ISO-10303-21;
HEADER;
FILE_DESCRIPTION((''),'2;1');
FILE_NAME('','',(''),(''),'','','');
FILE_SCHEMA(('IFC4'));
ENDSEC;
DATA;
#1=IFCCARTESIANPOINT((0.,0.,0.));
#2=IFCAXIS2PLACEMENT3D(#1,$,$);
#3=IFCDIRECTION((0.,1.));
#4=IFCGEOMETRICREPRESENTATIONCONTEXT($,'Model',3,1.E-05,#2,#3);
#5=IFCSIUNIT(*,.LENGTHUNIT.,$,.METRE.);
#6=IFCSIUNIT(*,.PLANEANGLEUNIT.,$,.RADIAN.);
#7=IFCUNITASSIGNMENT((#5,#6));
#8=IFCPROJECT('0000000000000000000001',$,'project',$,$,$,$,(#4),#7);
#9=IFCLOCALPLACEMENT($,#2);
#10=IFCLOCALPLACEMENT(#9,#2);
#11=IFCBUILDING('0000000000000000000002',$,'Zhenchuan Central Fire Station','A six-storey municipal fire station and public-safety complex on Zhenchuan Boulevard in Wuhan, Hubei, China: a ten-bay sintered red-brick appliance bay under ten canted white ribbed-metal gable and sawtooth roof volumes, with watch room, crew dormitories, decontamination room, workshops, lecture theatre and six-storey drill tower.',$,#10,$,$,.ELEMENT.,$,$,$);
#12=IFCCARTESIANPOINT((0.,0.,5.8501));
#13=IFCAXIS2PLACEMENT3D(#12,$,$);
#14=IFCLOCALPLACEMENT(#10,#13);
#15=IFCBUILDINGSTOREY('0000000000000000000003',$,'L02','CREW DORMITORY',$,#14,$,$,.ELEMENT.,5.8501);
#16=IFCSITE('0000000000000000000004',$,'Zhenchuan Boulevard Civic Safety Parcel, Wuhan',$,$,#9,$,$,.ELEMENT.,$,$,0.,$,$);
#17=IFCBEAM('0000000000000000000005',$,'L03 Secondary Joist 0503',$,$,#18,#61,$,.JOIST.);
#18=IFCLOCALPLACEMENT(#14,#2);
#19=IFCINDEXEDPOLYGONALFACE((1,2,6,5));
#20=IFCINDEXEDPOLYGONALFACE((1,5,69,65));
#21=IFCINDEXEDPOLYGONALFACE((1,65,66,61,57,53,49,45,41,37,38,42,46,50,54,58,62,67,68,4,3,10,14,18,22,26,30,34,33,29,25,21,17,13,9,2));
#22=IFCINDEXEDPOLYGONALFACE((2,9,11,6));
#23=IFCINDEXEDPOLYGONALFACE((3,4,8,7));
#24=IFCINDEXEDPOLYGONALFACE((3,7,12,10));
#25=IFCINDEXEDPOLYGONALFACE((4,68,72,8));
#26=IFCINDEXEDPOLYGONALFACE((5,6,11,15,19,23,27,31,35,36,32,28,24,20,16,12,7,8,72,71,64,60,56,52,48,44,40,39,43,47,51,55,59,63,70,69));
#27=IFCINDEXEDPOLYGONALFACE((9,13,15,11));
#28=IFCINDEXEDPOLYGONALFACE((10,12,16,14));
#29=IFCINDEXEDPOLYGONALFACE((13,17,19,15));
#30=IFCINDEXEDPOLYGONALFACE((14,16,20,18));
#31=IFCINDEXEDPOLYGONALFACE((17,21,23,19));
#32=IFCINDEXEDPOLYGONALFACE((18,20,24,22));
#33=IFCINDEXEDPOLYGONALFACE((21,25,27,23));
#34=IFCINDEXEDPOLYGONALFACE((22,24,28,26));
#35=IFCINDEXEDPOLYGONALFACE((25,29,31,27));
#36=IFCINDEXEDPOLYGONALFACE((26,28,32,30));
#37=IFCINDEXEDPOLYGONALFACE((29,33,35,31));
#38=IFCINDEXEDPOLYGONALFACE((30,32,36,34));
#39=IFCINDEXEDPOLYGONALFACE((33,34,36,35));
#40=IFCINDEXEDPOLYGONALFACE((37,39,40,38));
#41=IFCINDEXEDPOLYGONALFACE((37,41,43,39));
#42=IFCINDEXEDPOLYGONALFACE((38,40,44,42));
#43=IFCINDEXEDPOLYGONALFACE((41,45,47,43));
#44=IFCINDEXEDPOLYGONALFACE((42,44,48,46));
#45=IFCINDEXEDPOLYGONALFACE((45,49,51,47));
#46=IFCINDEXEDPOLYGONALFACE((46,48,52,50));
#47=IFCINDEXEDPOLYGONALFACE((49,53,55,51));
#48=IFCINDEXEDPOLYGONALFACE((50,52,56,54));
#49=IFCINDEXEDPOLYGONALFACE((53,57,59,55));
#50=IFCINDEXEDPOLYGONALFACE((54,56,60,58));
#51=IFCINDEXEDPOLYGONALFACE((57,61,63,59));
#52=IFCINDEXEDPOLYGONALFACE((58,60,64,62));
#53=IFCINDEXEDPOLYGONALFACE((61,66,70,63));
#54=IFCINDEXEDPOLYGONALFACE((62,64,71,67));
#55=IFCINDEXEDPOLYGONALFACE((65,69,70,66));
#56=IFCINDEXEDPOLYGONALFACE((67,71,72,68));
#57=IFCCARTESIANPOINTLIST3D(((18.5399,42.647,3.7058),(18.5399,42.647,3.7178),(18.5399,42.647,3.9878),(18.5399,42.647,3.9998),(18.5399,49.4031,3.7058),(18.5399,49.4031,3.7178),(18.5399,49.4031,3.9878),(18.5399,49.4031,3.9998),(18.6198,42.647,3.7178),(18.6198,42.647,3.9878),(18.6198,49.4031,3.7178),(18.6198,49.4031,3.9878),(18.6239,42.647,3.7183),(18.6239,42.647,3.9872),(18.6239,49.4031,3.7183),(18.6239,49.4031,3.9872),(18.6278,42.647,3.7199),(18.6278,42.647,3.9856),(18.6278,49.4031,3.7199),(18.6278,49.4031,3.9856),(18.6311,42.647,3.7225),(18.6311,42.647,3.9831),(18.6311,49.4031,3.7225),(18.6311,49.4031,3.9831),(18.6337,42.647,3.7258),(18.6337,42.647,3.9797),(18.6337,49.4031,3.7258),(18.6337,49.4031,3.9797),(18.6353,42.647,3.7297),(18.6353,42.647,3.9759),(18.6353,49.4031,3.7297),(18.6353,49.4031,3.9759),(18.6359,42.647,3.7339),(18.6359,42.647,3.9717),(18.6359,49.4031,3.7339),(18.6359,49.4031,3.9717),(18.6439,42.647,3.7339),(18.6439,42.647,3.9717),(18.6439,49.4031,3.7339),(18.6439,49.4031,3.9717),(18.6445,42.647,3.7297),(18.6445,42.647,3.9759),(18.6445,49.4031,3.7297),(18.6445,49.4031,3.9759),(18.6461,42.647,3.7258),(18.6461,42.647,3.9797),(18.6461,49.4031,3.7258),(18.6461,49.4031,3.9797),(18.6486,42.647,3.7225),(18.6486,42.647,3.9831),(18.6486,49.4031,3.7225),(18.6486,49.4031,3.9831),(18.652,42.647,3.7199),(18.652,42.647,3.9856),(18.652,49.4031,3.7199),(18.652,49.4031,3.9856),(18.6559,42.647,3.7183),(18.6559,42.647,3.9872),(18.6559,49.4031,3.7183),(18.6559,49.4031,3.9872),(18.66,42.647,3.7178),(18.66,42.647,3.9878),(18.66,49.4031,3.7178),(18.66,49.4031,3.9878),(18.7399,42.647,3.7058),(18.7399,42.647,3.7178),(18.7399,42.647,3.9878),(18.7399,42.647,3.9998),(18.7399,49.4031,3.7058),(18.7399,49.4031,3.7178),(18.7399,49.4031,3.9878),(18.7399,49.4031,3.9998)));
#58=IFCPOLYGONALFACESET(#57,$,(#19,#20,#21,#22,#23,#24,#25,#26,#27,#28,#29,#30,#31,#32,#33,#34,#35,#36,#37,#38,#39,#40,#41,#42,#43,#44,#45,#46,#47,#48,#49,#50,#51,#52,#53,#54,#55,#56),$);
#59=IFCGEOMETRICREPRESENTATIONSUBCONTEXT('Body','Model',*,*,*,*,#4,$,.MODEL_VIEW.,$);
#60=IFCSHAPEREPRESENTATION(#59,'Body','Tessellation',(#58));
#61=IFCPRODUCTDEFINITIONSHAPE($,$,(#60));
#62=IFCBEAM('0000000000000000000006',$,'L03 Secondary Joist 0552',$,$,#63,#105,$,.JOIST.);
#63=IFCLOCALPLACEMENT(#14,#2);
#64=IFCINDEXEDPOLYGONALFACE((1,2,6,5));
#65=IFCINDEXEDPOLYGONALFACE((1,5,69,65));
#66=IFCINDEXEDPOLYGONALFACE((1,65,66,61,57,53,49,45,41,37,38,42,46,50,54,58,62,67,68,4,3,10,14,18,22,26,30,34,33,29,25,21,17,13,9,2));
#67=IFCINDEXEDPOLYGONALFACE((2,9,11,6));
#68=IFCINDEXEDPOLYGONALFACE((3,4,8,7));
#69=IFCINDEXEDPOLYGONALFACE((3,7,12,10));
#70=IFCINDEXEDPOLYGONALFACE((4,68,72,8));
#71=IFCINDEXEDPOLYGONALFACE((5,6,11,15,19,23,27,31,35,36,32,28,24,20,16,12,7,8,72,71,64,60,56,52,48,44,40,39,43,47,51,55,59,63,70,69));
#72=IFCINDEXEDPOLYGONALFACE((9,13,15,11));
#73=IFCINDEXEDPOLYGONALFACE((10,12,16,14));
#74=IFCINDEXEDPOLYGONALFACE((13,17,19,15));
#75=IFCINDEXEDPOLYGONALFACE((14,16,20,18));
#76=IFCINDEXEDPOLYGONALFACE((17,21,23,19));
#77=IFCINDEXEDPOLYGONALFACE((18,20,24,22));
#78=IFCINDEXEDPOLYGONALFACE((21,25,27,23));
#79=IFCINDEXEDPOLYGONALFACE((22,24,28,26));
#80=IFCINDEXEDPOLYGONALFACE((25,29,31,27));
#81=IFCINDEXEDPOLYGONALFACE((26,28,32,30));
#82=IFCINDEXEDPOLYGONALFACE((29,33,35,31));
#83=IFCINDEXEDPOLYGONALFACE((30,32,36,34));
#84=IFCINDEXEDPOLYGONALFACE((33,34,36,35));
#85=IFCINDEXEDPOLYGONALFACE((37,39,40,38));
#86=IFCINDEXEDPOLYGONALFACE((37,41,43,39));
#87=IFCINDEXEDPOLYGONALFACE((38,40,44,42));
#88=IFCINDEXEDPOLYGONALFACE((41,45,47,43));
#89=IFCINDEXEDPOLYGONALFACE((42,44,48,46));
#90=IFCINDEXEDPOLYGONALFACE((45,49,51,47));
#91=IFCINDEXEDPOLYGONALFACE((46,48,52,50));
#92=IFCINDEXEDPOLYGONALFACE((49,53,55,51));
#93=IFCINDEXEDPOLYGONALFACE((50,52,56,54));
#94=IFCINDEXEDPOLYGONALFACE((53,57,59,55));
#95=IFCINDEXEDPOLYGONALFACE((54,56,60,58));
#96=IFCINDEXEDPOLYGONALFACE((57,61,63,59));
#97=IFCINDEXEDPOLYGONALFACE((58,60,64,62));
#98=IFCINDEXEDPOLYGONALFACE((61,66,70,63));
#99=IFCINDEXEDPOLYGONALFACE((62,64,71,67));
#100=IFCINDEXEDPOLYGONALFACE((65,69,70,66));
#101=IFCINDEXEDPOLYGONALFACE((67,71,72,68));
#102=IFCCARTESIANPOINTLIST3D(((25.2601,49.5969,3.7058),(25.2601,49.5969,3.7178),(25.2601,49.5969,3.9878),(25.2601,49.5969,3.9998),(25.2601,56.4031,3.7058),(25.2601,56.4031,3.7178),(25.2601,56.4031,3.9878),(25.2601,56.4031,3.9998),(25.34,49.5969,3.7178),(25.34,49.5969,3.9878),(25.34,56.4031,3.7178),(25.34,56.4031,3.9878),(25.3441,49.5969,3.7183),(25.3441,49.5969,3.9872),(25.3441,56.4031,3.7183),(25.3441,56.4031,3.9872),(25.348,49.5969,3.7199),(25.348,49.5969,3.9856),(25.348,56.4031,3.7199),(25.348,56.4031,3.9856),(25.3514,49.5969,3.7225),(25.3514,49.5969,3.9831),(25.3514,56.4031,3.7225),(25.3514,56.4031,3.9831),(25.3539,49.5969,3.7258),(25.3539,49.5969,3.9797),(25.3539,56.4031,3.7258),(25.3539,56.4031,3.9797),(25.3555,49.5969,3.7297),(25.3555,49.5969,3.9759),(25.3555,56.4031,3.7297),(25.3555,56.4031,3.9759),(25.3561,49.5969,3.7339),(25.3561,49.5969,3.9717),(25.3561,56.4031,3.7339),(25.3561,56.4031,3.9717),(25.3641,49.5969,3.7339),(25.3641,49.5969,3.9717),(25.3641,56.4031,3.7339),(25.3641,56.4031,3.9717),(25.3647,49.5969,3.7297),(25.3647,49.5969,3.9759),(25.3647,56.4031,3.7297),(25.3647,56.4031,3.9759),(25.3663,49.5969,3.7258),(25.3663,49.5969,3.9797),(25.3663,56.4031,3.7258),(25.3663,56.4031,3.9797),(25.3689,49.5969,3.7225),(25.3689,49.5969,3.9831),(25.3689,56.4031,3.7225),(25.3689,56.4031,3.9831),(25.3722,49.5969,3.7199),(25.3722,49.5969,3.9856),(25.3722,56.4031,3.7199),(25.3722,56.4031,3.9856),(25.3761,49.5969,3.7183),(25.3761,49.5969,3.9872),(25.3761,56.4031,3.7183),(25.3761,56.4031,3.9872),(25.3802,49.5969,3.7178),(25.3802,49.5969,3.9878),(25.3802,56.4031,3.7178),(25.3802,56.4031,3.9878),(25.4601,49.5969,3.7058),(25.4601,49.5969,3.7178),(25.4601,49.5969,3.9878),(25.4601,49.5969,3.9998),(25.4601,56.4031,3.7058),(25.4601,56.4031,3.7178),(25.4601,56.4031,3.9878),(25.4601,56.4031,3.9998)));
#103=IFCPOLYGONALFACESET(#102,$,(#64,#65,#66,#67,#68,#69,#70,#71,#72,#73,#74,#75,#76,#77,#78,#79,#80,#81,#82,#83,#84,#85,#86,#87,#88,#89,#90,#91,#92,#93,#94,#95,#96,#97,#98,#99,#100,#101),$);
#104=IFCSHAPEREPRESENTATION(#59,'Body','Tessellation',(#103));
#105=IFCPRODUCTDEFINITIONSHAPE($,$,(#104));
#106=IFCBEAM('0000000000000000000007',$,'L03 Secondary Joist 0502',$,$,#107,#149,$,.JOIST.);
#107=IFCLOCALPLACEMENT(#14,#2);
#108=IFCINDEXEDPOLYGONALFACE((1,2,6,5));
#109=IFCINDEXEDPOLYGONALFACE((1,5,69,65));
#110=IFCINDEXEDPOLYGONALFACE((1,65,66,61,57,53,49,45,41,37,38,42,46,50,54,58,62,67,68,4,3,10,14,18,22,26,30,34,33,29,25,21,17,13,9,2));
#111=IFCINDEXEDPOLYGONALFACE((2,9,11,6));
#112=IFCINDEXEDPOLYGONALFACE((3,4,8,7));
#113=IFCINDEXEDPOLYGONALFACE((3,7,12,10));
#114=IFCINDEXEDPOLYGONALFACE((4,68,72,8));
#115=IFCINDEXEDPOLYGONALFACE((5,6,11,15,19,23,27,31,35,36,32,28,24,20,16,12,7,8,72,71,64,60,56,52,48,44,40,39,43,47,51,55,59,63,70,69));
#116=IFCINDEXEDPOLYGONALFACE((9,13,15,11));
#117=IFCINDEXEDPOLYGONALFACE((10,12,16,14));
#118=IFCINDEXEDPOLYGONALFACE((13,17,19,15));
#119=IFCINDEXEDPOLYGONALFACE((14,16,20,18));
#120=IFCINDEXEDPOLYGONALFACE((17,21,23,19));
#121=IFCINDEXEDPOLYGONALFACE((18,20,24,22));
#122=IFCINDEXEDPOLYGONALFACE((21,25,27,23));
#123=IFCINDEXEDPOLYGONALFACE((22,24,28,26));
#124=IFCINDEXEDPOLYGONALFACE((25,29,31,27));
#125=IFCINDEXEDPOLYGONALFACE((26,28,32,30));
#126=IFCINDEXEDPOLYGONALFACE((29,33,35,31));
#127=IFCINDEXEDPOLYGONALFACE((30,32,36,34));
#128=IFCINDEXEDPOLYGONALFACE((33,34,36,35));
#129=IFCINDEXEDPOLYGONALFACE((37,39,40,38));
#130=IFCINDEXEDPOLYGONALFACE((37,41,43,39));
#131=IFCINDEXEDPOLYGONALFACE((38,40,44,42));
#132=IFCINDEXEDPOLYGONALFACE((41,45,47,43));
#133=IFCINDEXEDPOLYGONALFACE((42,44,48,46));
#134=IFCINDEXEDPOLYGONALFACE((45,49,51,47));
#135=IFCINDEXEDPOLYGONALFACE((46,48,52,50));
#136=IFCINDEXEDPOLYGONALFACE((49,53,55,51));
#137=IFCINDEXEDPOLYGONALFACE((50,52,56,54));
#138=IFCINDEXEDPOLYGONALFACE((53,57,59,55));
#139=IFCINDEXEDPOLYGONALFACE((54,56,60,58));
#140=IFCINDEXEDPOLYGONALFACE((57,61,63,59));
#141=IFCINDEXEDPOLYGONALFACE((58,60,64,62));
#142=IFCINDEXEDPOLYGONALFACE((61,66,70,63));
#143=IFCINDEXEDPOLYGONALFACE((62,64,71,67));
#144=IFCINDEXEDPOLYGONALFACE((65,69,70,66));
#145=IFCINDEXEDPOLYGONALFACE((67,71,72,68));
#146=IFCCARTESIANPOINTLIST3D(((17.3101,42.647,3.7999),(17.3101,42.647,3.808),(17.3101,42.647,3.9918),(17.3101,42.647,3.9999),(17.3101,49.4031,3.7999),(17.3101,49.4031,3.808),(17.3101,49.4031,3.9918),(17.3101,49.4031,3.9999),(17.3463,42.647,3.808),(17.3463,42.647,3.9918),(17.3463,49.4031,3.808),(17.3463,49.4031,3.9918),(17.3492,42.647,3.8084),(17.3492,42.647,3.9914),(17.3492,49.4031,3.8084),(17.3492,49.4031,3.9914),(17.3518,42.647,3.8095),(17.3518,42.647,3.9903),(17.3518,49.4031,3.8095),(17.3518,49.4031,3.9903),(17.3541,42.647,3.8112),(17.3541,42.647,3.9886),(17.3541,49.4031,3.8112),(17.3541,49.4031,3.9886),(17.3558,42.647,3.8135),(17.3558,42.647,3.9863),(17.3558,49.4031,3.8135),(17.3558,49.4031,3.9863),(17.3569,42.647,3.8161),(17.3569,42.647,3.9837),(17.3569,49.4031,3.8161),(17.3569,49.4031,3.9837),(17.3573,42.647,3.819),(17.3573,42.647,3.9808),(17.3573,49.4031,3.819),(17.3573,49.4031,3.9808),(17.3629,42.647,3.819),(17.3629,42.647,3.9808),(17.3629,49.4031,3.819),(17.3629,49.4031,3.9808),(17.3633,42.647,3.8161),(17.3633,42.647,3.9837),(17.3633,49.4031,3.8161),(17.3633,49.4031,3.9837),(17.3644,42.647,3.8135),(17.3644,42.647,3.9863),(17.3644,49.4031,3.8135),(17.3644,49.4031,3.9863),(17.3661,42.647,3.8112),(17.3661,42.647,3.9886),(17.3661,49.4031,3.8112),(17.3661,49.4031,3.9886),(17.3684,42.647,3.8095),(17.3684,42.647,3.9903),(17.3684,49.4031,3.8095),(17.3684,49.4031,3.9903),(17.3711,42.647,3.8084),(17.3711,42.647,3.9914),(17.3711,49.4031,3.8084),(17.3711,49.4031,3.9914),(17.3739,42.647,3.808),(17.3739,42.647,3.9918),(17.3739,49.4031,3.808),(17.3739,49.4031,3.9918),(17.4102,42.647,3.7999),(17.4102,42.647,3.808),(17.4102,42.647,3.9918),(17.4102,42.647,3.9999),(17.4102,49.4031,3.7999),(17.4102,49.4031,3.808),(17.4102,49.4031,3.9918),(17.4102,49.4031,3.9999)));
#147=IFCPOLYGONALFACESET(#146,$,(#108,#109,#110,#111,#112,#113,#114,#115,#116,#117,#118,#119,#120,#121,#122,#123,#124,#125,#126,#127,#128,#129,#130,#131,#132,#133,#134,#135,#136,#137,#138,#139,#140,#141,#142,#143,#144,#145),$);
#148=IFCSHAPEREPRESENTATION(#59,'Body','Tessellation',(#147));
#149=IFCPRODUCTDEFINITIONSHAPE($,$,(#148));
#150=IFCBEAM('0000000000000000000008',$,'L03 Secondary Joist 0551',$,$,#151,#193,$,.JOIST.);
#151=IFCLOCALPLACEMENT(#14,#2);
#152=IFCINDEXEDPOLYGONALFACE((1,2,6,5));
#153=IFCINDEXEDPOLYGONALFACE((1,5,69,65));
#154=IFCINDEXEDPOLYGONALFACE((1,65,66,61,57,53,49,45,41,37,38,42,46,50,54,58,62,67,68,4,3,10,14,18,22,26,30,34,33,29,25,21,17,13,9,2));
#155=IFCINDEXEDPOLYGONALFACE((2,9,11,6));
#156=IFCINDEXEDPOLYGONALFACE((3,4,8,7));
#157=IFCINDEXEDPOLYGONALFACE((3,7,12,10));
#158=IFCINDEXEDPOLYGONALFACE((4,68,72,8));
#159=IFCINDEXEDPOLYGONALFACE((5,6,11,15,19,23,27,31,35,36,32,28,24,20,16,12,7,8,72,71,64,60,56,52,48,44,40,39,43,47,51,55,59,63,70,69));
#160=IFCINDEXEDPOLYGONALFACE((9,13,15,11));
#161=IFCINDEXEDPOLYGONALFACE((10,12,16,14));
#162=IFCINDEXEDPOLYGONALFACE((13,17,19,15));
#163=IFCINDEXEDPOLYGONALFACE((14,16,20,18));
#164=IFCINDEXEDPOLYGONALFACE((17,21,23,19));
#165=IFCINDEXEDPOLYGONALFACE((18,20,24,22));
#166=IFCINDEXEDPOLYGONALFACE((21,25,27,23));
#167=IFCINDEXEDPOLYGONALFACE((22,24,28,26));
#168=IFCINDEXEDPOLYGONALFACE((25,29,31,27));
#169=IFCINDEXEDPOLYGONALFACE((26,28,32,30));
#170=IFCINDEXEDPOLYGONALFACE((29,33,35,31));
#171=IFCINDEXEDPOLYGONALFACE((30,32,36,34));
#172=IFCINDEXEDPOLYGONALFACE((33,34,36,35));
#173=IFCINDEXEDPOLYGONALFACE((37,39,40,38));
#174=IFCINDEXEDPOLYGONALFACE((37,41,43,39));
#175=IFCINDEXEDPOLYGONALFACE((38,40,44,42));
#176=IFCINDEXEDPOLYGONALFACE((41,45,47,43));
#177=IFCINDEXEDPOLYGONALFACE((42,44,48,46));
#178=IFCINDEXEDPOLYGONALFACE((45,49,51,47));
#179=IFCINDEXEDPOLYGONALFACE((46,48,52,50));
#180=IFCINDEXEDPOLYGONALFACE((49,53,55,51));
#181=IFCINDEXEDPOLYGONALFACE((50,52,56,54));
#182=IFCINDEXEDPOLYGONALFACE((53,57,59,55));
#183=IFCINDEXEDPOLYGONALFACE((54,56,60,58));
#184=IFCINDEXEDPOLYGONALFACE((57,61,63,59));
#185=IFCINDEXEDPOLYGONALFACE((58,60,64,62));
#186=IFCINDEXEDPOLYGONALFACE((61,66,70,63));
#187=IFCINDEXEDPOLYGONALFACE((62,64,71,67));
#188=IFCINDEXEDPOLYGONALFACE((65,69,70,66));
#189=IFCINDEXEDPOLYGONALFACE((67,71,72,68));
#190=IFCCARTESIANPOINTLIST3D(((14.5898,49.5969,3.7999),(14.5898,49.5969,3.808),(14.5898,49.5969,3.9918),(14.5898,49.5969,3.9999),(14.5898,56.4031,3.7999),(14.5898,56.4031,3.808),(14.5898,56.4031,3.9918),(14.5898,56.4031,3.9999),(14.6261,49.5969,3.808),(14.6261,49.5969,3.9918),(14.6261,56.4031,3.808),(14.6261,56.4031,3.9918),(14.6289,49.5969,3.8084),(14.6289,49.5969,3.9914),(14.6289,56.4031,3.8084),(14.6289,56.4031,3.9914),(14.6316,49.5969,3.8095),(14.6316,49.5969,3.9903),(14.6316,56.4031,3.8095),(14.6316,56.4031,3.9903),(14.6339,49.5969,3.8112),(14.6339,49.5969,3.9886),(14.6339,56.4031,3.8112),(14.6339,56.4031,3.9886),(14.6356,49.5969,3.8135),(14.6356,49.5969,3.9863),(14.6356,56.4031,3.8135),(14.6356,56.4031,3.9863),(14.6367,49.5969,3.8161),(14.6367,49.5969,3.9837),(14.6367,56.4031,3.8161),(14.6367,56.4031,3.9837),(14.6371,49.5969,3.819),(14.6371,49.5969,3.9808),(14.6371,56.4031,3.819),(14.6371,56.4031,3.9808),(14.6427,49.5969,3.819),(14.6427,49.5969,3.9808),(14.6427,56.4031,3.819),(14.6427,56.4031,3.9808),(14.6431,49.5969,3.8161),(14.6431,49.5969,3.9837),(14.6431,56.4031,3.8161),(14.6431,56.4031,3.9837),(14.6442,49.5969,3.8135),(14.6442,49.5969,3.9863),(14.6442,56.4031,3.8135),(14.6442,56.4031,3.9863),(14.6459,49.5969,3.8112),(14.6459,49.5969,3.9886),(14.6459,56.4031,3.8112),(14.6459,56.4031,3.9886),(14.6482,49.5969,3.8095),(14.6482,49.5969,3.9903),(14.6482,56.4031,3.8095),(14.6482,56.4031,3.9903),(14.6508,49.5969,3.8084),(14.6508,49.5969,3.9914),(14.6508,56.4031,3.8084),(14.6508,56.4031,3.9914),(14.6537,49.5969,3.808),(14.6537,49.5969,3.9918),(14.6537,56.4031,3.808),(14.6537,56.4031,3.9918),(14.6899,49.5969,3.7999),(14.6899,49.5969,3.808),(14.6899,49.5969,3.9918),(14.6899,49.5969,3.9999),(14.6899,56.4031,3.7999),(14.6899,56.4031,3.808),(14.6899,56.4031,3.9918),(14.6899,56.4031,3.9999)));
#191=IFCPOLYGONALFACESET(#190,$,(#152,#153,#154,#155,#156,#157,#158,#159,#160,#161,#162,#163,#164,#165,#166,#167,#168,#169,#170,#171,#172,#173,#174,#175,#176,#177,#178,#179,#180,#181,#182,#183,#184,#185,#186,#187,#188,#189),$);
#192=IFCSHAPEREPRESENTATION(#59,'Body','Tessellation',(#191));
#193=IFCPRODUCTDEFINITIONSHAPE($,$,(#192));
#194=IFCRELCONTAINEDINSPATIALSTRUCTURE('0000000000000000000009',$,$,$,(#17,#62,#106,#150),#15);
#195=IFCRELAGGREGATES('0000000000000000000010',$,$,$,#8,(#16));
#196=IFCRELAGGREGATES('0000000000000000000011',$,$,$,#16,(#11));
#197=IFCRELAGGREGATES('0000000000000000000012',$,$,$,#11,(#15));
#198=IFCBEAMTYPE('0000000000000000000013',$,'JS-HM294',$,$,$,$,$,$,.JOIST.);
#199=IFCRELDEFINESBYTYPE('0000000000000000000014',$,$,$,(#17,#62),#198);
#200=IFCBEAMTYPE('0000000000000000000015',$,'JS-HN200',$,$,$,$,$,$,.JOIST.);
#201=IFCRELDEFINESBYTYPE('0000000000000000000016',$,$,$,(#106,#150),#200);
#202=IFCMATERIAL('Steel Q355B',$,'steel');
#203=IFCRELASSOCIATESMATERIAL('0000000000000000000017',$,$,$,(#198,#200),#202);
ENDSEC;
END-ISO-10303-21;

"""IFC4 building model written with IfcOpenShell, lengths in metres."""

from ifc_helpers import new_model, si_unit, direction, frame, origin, origin_2d, place, context, subcontext, project, spatial, i_section, extrude, material, material_profile, profile_set, type_object, element, save


model = new_model("IFC4")

# Units and contexts
model_context = context("Model", 3, precision=1e-05, world=origin(), true_north=direction((0.0, 1.0)))
body_context = subcontext(model_context, "Body", "Model", "MODEL_VIEW")
ifc_project = project(units=[si_unit("LENGTHUNIT", "METRE"), si_unit("PLANEANGLEUNIT", "RADIAN")], contexts=[model_context])

# Site, building, storey
site_placement = place(None, origin())
site = spatial("IfcSite", under=ifc_project, at=site_placement, Name="Zhenchuan Boulevard Civic Safety Parcel, Wuhan", CompositionType="ELEMENT", RefElevation=0.0)
building_placement = place(site_placement, origin())
building = spatial("IfcBuilding", under=site, at=building_placement, Name="Zhenchuan Central Fire Station", Description="A six-storey municipal fire station and public-safety complex on Zhenchuan Boulevard in Wuhan, Hubei, China: a ten-bay sintered red-brick appliance bay under ten canted white ribbed-metal gable and sawtooth roof volumes, with watch room, crew dormitories, decontamination room, workshops, lecture theatre and six-storey drill tower.", CompositionType="ELEMENT")
storey_placement = place(building_placement, frame((0.0, 0.0, 5.8501)))
storey = spatial("IfcBuildingStorey", under=building, at=storey_placement, Name="L02", Description="CREW DORMITORY", CompositionType="ELEMENT", Elevation=5.8501)

# Shared definitions
ifc_material_1 = material(Name="Steel Q355B", Category="steel")

# Beams
ifc_material_profile_1 = material_profile(ifc_material_1, i_section(OverallWidth=0.2, OverallDepth=0.2939, WebThickness=0.0081, FlangeThickness=0.012, FilletRadius=0.0161, at=origin_2d()), Name="HM 294x200")
ifc_profile_set_1 = profile_set([ifc_material_profile_1], Name="Steel Q355B")
beam_type_1 = type_object("IfcBeamType", Name="JS-HM294", PredefinedType="JOIST", material=ifc_profile_set_1)
beam_1_placement = place(storey_placement, frame((18.6399, 42.647, 3.8528), z_axis=(0.0, 1.0, 0.0), x_axis=(-1.0, 0.0, 0.0)))
element("IfcBeam", 1, at=beam_1_placement, inside=storey, type_object=beam_type_1, Name="L03 Secondary Joist 0503", PredefinedType="JOIST", context=body_context, shape_type="SweptSolid", body=[
    extrude(i_section(OverallWidth=0.2, OverallDepth=0.2939, WebThickness=0.0081, FlangeThickness=0.012, FilletRadius=0.0161, at=origin_2d()), origin(), (0.0, 0.0, 1.0), 6.7561),
])
beam_2_placement = place(storey_placement, frame((25.3601, 49.5969, 3.8528), z_axis=(0.0, 1.0, 0.0), x_axis=(-1.0, 0.0, 0.0)))
element("IfcBeam", 2, at=beam_2_placement, inside=storey, type_object=beam_type_1, Name="L03 Secondary Joist 0552", PredefinedType="JOIST", context=body_context, shape_type="SweptSolid", body=[
    extrude(i_section(OverallWidth=0.2, OverallDepth=0.2939, WebThickness=0.0081, FlangeThickness=0.012, FilletRadius=0.0161, at=origin_2d()), origin(), (0.0, 0.0, 1.0), 6.8062),
])
ifc_material_profile_2 = material_profile(ifc_material_1, i_section(OverallWidth=0.1001, OverallDepth=0.2, WebThickness=0.0056, FlangeThickness=0.0081, FilletRadius=0.011, at=origin_2d()), Name="HN 200x100")
ifc_profile_set_2 = profile_set([ifc_material_profile_2], Name="Steel Q355B")
beam_type_2 = type_object("IfcBeamType", Name="JS-HN200", PredefinedType="JOIST", material=ifc_profile_set_2)
beam_3_placement = place(storey_placement, frame((17.3601, 42.647, 3.8999), z_axis=(0.0, 1.0, 0.0), x_axis=(-1.0, 0.0, 0.0)))
element("IfcBeam", 3, at=beam_3_placement, inside=storey, type_object=beam_type_2, Name="L03 Secondary Joist 0502", PredefinedType="JOIST", context=body_context, shape_type="SweptSolid", body=[
    extrude(i_section(OverallWidth=0.1001, OverallDepth=0.2, WebThickness=0.0056, FlangeThickness=0.0081, FilletRadius=0.011, at=origin_2d()), origin(), (0.0, 0.0, 1.0), 6.7561),
])
beam_4_placement = place(storey_placement, frame((14.6399, 49.5969, 3.8999), z_axis=(0.0, 1.0, 0.0), x_axis=(-1.0, 0.0, 0.0)))
element("IfcBeam", 4, at=beam_4_placement, inside=storey, type_object=beam_type_2, Name="L03 Secondary Joist 0551", PredefinedType="JOIST", context=body_context, shape_type="SweptSolid", body=[
    extrude(i_section(OverallWidth=0.1001, OverallDepth=0.2, WebThickness=0.0056, FlangeThickness=0.0081, FilletRadius=0.011, at=origin_2d()), origin(), (0.0, 0.0, 1.0), 6.8062),
])

save(model, "model.ifc")
